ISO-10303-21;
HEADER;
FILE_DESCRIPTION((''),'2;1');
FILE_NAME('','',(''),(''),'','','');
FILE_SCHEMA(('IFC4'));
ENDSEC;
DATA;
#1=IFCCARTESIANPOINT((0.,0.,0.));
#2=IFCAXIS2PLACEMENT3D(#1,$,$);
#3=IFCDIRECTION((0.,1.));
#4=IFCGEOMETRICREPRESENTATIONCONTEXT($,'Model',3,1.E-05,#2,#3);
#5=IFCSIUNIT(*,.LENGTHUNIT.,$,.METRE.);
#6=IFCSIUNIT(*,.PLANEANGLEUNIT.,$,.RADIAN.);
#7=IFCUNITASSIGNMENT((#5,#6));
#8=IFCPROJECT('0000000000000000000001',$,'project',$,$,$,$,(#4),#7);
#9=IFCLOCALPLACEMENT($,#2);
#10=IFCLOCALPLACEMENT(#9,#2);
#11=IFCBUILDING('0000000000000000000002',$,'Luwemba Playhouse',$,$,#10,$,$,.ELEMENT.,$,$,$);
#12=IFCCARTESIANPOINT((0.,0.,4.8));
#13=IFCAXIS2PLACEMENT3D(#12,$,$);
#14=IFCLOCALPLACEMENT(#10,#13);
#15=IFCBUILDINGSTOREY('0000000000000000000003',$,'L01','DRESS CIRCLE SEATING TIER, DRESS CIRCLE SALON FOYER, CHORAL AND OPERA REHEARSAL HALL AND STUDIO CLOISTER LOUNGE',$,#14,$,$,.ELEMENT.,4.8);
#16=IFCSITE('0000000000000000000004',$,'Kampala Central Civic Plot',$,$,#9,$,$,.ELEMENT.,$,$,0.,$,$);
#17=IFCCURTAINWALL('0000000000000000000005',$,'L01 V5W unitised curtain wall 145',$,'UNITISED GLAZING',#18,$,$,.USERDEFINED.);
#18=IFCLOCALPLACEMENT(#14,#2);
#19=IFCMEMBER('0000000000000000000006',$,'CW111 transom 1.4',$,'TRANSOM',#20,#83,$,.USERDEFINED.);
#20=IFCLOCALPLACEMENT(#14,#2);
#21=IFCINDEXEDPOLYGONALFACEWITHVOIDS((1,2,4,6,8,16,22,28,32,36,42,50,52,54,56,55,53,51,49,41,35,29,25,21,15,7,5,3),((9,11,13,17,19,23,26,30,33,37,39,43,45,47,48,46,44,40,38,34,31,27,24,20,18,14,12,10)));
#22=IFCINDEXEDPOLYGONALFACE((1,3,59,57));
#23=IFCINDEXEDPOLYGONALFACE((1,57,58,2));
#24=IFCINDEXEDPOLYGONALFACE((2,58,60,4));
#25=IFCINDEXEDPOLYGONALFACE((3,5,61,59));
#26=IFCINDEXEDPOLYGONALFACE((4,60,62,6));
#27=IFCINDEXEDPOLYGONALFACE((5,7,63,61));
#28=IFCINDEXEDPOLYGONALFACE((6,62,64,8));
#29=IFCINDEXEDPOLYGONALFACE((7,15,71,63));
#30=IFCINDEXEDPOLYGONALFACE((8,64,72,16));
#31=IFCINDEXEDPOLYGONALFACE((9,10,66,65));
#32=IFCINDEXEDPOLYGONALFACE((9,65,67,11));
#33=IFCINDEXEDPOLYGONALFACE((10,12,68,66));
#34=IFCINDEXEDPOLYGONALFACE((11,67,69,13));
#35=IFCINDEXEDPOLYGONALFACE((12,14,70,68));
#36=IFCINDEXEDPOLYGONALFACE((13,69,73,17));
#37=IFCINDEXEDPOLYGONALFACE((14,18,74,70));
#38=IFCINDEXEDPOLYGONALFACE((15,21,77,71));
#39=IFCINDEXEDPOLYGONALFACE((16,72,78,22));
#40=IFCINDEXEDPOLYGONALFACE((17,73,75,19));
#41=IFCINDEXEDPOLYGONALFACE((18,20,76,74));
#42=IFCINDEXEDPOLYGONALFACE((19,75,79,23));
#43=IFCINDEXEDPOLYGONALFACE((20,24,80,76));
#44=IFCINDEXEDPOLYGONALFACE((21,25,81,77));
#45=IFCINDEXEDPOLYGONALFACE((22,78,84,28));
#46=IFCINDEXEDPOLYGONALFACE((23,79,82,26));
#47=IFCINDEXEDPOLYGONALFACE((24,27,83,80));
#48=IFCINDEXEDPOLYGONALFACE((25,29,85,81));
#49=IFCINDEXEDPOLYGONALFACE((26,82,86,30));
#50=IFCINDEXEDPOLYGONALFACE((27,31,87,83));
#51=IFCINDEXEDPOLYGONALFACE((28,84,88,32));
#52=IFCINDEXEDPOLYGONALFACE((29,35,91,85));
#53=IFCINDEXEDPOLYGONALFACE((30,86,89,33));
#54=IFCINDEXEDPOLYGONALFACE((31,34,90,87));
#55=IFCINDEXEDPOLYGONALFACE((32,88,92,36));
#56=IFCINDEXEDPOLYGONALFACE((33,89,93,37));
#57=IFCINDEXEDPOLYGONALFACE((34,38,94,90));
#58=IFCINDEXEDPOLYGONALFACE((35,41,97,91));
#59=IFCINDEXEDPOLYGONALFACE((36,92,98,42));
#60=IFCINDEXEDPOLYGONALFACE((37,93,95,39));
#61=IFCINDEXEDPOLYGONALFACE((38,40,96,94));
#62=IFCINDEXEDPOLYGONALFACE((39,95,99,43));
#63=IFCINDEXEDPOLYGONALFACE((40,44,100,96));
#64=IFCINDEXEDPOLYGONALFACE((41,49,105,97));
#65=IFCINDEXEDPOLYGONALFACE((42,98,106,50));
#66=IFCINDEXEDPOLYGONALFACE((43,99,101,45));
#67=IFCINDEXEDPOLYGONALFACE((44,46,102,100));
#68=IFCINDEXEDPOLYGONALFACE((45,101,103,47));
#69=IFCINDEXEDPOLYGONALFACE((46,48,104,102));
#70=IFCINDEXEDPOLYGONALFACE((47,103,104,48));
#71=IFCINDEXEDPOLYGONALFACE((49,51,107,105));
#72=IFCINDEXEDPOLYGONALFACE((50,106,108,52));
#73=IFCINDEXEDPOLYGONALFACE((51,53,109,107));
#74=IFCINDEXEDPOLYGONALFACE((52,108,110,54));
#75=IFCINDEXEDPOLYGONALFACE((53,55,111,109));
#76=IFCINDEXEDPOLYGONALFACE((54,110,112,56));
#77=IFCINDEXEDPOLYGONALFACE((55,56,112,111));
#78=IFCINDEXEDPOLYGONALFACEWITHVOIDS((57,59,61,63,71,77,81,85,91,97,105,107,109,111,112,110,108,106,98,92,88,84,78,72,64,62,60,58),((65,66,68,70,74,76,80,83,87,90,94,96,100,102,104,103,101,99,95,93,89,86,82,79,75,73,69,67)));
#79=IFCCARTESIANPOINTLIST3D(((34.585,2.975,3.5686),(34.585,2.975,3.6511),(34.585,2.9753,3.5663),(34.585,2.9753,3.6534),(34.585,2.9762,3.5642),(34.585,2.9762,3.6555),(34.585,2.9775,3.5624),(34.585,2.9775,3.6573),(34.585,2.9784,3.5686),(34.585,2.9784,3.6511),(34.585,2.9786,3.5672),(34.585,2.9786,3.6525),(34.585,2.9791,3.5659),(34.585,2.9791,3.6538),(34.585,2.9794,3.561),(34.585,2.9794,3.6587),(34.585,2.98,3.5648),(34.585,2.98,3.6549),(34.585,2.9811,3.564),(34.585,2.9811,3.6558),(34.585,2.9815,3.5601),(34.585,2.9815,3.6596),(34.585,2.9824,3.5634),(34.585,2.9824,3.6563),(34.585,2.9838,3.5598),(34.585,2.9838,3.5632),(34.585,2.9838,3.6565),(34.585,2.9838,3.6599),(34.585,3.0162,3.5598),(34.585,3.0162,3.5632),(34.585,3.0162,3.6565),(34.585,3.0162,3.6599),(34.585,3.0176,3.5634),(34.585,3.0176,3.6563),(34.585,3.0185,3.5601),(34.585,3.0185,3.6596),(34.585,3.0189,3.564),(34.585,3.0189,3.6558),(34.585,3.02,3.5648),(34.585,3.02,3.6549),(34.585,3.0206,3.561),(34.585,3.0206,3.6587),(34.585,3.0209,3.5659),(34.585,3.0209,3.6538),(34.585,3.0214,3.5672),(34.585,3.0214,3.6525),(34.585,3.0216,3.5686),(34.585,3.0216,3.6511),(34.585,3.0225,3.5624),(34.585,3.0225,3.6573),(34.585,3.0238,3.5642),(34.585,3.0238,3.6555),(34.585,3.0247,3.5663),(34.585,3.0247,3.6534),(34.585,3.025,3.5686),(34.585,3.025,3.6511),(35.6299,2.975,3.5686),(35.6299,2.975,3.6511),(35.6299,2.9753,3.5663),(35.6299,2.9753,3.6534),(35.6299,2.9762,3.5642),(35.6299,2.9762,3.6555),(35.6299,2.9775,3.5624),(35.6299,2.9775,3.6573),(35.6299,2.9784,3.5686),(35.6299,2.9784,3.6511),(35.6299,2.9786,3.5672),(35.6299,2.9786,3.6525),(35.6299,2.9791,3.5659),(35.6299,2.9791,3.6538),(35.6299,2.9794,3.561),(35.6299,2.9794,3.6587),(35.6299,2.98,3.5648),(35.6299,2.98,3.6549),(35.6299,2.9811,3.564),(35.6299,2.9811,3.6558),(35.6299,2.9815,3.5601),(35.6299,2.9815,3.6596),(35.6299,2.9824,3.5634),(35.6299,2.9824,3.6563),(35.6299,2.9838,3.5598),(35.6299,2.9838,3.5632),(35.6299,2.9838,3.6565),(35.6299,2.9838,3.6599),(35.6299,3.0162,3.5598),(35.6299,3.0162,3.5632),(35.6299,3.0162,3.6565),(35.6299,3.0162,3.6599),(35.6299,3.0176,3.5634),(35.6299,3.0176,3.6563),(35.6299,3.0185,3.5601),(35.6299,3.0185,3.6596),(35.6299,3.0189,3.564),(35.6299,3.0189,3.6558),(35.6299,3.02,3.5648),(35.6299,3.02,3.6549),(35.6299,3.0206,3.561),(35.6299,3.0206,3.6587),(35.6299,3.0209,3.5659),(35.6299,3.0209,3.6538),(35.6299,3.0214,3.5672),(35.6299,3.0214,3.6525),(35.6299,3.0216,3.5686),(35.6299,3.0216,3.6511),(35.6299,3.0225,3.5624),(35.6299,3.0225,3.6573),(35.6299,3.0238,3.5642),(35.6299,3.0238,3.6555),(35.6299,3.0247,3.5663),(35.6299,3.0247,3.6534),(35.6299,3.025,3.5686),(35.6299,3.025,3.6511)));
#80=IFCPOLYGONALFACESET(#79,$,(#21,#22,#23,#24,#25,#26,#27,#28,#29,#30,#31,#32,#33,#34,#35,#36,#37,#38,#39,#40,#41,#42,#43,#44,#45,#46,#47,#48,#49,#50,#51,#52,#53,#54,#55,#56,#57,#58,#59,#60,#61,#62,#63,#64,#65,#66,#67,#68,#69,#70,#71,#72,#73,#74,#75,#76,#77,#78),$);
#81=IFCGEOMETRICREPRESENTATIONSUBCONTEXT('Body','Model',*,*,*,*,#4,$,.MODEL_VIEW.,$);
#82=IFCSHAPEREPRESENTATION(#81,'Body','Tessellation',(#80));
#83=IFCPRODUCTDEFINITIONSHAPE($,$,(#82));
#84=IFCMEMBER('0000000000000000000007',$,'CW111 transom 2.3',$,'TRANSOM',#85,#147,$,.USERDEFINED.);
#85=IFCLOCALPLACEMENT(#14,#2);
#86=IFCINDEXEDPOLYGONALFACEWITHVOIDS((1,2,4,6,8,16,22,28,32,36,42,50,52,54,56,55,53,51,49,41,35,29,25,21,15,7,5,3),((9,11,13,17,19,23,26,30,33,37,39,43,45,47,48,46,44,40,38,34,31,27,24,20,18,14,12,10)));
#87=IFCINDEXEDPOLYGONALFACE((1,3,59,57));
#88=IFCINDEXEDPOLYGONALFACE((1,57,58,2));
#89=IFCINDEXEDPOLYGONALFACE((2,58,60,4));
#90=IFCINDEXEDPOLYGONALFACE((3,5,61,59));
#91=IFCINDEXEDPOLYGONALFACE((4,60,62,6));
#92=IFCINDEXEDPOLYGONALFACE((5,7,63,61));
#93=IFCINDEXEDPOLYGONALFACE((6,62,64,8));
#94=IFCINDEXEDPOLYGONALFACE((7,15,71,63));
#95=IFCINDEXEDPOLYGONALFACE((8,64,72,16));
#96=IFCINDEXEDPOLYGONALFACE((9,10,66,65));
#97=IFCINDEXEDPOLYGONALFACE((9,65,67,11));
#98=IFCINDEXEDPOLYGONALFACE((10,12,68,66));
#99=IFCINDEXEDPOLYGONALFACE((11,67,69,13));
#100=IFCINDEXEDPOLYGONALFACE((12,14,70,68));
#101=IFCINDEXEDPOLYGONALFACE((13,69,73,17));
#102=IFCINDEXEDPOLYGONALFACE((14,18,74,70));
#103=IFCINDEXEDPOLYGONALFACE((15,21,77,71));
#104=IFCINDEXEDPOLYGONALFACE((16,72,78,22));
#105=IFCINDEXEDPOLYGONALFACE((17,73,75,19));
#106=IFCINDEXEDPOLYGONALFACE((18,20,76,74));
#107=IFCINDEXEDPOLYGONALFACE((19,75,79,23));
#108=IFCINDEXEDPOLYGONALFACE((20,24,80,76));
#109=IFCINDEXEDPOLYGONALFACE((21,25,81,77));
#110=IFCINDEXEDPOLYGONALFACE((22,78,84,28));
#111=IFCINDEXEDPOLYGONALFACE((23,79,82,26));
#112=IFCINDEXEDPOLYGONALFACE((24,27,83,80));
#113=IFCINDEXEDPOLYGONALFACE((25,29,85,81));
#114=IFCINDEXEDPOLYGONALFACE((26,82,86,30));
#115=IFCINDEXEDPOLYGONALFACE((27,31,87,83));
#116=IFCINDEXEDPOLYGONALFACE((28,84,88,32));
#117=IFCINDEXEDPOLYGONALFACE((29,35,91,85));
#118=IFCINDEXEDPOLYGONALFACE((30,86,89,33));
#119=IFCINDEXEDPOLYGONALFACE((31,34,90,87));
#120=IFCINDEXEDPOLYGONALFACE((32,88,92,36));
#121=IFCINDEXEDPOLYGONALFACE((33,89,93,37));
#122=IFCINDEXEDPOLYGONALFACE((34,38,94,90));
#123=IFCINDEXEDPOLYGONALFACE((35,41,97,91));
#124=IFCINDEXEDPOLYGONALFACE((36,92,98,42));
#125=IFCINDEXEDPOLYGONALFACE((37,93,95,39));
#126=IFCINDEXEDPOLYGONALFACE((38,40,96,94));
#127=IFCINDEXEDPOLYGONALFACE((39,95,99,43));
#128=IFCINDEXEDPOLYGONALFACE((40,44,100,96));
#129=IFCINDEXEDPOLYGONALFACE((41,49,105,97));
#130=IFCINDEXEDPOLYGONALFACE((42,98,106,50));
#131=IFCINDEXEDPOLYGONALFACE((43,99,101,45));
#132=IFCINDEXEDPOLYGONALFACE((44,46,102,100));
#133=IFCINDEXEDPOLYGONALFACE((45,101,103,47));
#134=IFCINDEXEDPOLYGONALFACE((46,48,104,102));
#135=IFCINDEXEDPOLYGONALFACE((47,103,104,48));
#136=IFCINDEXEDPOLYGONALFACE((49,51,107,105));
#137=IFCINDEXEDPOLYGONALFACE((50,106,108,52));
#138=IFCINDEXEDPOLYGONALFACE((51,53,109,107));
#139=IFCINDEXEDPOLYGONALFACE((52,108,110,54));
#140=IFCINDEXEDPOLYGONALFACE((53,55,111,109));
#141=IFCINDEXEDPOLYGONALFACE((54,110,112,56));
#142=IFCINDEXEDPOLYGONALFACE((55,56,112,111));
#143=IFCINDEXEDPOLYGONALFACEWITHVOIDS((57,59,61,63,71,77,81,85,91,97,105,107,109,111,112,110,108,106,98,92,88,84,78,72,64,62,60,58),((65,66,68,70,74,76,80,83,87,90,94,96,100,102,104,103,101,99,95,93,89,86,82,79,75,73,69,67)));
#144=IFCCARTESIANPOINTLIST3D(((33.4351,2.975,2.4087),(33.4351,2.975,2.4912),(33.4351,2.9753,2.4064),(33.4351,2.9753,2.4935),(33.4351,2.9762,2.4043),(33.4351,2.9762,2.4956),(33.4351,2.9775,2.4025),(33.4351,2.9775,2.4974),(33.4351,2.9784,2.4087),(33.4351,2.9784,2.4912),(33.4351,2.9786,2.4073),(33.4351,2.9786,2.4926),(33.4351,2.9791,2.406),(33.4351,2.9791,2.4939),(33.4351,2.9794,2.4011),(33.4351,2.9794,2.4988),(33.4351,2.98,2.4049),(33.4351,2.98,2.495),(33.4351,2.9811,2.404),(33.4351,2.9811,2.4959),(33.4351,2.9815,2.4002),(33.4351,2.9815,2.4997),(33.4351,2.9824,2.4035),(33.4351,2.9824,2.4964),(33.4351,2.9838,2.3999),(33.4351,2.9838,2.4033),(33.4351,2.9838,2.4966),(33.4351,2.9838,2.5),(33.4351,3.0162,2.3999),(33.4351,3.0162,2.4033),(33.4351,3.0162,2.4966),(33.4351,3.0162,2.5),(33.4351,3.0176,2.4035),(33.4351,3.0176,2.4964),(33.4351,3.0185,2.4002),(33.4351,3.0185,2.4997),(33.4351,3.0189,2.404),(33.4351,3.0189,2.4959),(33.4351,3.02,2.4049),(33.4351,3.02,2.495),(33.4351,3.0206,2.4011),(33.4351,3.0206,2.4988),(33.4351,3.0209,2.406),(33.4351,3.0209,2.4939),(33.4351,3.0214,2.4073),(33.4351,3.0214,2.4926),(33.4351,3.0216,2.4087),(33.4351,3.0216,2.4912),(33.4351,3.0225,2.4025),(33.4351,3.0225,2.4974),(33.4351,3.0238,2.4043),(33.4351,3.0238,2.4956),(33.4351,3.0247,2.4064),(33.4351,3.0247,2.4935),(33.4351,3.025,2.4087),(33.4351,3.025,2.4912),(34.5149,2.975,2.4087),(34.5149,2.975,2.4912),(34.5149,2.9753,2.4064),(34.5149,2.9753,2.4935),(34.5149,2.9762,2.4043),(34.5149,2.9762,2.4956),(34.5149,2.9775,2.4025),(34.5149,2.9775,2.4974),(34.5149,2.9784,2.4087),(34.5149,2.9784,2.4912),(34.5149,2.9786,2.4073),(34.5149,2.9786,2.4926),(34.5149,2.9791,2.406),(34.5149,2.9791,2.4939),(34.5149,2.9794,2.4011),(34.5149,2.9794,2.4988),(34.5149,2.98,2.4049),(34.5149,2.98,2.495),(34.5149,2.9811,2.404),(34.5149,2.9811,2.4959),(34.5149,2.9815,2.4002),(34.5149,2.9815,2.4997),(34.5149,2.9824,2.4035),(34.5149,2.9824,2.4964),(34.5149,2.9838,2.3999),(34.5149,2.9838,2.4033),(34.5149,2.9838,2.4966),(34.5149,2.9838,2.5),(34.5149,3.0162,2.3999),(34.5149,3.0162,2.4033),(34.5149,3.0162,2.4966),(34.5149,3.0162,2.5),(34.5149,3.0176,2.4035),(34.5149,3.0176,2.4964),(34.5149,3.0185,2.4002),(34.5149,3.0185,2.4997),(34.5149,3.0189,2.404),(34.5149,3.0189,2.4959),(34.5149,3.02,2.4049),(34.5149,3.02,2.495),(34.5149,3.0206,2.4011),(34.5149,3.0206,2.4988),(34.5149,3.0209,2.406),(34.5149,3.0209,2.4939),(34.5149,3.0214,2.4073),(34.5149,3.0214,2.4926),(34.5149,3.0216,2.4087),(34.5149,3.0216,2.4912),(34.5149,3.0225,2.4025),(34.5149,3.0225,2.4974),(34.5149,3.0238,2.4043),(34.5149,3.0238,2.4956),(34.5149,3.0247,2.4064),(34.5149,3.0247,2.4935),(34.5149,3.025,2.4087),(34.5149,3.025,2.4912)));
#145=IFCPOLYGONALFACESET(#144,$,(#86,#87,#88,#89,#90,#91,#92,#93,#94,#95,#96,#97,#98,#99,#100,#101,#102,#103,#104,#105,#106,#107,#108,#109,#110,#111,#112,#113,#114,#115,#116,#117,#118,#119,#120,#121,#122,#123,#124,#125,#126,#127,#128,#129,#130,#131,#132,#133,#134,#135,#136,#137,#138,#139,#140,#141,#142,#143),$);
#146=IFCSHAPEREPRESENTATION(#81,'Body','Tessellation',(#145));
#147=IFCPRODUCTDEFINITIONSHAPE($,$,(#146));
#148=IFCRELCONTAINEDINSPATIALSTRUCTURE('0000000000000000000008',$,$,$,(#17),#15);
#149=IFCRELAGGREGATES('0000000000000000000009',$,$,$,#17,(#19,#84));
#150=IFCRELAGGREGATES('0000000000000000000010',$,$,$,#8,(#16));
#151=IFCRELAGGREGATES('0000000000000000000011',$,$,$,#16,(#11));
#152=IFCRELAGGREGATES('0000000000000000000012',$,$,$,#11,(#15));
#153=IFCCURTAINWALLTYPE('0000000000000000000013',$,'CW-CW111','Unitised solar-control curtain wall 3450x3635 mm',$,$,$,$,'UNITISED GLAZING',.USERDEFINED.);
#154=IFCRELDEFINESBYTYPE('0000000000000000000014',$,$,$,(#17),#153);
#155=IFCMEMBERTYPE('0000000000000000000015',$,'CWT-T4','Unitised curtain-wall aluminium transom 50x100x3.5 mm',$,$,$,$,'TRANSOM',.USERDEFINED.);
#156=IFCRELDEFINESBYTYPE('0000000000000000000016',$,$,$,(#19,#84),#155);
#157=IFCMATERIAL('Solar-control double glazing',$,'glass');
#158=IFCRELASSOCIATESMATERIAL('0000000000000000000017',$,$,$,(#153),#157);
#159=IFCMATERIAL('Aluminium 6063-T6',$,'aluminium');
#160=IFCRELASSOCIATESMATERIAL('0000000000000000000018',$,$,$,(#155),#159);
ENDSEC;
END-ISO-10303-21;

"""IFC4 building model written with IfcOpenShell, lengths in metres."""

from ifc_helpers import new_model, si_unit, direction, frame, origin, origin_2d, place, context, subcontext, project, spatial, hollow_rectangle, extrude, material, material_profile, profile_set, type_object, element, aggregate, save


model = new_model("IFC4")

# Units and contexts
model_context = context("Model", 3, precision=1e-05, world=origin(), true_north=direction((0.0, 1.0)))
body_context = subcontext(model_context, "Body", "Model", "MODEL_VIEW")
ifc_project = project(units=[si_unit("LENGTHUNIT", "METRE"), si_unit("PLANEANGLEUNIT", "RADIAN")], contexts=[model_context])

# Site, building, storey
site_placement = place(None, origin())
site = spatial("IfcSite", under=ifc_project, at=site_placement, Name="Kampala Central Civic Plot", CompositionType="ELEMENT", RefElevation=0.0)
building_placement = place(site_placement, origin())
building = spatial("IfcBuilding", under=site, at=building_placement, Name="Luwemba Playhouse", CompositionType="ELEMENT")
storey_placement = place(building_placement, frame((0.0, 0.0, 4.8)))
storey = spatial("IfcBuildingStorey", under=building, at=storey_placement, Name="L01", Description="DRESS CIRCLE SEATING TIER, DRESS CIRCLE SALON FOYER, CHORAL AND OPERA REHEARSAL HALL AND STUDIO CLOISTER LOUNGE", CompositionType="ELEMENT", Elevation=4.8)

# Shared definitions
ifc_material_1 = material(Name="Solar-control double glazing", Category="glass")
ifc_material_2 = material(Name="Aluminium 6063-T6", Category="aluminium")

# Curtain wall, members
curtain_wall_type_1 = type_object("IfcCurtainWallType", Name="CW-CW111", Description="Unitised solar-control curtain wall 3450x3635 mm", ElementType="UNITISED GLAZING", PredefinedType="USERDEFINED", material=ifc_material_1)
curtain_wall_1_placement = place(storey_placement, origin())
curtain_wall_1 = element("IfcCurtainWall", 1, at=curtain_wall_1_placement, inside=storey, type_object=curtain_wall_type_1, Name="L01 V5W unitised curtain wall 145", ObjectType="UNITISED GLAZING", PredefinedType="USERDEFINED")
ifc_material_profile_1 = material_profile(ifc_material_2, hollow_rectangle(XDim=0.05, YDim=0.1001, WallThickness=0.0034, InnerFilletRadius=0.0054, OuterFilletRadius=0.0088, at=origin_2d()))
ifc_profile_set_1 = profile_set([ifc_material_profile_1], Name="Aluminium 6063-T6")
member_type_1 = type_object("IfcMemberType", Name="CWT-T4", Description="Unitised curtain-wall aluminium transom 50x100x3.5 mm", ElementType="TRANSOM", PredefinedType="USERDEFINED", material=ifc_profile_set_1)
member_1_placement = place(storey_placement, frame((35.6299, 3.0, 3.6099), z_axis=(-1.0, 0.0, 0.0), x_axis=(0.0, -1.0, 0.0)))
member_1 = element("IfcMember", 2, at=member_1_placement, type_object=member_type_1, Name="CW111 transom 1.4", ObjectType="TRANSOM", PredefinedType="USERDEFINED", context=body_context, shape_type="SweptSolid", body=[
    extrude(hollow_rectangle(XDim=0.05, YDim=0.1001, WallThickness=0.0034, InnerFilletRadius=0.0054, OuterFilletRadius=0.0088, at=origin_2d()), origin(), (0.0, 0.0, 1.0), 1.0449),
])
member_2_placement = place(storey_placement, frame((34.5149, 3.0, 2.45), z_axis=(-1.0, 0.0, 0.0), x_axis=(0.0, -1.0, 0.0)))
member_2 = element("IfcMember", 3, at=member_2_placement, type_object=member_type_1, Name="CW111 transom 2.3", ObjectType="TRANSOM", PredefinedType="USERDEFINED", context=body_context, shape_type="SweptSolid", body=[
    extrude(hollow_rectangle(XDim=0.05, YDim=0.1001, WallThickness=0.0034, InnerFilletRadius=0.0054, OuterFilletRadius=0.0088, at=origin_2d()), origin(), (0.0, 0.0, 1.0), 1.0798),
])

aggregate(curtain_wall_1, [member_1, member_2])

save(model, "model.ifc")
